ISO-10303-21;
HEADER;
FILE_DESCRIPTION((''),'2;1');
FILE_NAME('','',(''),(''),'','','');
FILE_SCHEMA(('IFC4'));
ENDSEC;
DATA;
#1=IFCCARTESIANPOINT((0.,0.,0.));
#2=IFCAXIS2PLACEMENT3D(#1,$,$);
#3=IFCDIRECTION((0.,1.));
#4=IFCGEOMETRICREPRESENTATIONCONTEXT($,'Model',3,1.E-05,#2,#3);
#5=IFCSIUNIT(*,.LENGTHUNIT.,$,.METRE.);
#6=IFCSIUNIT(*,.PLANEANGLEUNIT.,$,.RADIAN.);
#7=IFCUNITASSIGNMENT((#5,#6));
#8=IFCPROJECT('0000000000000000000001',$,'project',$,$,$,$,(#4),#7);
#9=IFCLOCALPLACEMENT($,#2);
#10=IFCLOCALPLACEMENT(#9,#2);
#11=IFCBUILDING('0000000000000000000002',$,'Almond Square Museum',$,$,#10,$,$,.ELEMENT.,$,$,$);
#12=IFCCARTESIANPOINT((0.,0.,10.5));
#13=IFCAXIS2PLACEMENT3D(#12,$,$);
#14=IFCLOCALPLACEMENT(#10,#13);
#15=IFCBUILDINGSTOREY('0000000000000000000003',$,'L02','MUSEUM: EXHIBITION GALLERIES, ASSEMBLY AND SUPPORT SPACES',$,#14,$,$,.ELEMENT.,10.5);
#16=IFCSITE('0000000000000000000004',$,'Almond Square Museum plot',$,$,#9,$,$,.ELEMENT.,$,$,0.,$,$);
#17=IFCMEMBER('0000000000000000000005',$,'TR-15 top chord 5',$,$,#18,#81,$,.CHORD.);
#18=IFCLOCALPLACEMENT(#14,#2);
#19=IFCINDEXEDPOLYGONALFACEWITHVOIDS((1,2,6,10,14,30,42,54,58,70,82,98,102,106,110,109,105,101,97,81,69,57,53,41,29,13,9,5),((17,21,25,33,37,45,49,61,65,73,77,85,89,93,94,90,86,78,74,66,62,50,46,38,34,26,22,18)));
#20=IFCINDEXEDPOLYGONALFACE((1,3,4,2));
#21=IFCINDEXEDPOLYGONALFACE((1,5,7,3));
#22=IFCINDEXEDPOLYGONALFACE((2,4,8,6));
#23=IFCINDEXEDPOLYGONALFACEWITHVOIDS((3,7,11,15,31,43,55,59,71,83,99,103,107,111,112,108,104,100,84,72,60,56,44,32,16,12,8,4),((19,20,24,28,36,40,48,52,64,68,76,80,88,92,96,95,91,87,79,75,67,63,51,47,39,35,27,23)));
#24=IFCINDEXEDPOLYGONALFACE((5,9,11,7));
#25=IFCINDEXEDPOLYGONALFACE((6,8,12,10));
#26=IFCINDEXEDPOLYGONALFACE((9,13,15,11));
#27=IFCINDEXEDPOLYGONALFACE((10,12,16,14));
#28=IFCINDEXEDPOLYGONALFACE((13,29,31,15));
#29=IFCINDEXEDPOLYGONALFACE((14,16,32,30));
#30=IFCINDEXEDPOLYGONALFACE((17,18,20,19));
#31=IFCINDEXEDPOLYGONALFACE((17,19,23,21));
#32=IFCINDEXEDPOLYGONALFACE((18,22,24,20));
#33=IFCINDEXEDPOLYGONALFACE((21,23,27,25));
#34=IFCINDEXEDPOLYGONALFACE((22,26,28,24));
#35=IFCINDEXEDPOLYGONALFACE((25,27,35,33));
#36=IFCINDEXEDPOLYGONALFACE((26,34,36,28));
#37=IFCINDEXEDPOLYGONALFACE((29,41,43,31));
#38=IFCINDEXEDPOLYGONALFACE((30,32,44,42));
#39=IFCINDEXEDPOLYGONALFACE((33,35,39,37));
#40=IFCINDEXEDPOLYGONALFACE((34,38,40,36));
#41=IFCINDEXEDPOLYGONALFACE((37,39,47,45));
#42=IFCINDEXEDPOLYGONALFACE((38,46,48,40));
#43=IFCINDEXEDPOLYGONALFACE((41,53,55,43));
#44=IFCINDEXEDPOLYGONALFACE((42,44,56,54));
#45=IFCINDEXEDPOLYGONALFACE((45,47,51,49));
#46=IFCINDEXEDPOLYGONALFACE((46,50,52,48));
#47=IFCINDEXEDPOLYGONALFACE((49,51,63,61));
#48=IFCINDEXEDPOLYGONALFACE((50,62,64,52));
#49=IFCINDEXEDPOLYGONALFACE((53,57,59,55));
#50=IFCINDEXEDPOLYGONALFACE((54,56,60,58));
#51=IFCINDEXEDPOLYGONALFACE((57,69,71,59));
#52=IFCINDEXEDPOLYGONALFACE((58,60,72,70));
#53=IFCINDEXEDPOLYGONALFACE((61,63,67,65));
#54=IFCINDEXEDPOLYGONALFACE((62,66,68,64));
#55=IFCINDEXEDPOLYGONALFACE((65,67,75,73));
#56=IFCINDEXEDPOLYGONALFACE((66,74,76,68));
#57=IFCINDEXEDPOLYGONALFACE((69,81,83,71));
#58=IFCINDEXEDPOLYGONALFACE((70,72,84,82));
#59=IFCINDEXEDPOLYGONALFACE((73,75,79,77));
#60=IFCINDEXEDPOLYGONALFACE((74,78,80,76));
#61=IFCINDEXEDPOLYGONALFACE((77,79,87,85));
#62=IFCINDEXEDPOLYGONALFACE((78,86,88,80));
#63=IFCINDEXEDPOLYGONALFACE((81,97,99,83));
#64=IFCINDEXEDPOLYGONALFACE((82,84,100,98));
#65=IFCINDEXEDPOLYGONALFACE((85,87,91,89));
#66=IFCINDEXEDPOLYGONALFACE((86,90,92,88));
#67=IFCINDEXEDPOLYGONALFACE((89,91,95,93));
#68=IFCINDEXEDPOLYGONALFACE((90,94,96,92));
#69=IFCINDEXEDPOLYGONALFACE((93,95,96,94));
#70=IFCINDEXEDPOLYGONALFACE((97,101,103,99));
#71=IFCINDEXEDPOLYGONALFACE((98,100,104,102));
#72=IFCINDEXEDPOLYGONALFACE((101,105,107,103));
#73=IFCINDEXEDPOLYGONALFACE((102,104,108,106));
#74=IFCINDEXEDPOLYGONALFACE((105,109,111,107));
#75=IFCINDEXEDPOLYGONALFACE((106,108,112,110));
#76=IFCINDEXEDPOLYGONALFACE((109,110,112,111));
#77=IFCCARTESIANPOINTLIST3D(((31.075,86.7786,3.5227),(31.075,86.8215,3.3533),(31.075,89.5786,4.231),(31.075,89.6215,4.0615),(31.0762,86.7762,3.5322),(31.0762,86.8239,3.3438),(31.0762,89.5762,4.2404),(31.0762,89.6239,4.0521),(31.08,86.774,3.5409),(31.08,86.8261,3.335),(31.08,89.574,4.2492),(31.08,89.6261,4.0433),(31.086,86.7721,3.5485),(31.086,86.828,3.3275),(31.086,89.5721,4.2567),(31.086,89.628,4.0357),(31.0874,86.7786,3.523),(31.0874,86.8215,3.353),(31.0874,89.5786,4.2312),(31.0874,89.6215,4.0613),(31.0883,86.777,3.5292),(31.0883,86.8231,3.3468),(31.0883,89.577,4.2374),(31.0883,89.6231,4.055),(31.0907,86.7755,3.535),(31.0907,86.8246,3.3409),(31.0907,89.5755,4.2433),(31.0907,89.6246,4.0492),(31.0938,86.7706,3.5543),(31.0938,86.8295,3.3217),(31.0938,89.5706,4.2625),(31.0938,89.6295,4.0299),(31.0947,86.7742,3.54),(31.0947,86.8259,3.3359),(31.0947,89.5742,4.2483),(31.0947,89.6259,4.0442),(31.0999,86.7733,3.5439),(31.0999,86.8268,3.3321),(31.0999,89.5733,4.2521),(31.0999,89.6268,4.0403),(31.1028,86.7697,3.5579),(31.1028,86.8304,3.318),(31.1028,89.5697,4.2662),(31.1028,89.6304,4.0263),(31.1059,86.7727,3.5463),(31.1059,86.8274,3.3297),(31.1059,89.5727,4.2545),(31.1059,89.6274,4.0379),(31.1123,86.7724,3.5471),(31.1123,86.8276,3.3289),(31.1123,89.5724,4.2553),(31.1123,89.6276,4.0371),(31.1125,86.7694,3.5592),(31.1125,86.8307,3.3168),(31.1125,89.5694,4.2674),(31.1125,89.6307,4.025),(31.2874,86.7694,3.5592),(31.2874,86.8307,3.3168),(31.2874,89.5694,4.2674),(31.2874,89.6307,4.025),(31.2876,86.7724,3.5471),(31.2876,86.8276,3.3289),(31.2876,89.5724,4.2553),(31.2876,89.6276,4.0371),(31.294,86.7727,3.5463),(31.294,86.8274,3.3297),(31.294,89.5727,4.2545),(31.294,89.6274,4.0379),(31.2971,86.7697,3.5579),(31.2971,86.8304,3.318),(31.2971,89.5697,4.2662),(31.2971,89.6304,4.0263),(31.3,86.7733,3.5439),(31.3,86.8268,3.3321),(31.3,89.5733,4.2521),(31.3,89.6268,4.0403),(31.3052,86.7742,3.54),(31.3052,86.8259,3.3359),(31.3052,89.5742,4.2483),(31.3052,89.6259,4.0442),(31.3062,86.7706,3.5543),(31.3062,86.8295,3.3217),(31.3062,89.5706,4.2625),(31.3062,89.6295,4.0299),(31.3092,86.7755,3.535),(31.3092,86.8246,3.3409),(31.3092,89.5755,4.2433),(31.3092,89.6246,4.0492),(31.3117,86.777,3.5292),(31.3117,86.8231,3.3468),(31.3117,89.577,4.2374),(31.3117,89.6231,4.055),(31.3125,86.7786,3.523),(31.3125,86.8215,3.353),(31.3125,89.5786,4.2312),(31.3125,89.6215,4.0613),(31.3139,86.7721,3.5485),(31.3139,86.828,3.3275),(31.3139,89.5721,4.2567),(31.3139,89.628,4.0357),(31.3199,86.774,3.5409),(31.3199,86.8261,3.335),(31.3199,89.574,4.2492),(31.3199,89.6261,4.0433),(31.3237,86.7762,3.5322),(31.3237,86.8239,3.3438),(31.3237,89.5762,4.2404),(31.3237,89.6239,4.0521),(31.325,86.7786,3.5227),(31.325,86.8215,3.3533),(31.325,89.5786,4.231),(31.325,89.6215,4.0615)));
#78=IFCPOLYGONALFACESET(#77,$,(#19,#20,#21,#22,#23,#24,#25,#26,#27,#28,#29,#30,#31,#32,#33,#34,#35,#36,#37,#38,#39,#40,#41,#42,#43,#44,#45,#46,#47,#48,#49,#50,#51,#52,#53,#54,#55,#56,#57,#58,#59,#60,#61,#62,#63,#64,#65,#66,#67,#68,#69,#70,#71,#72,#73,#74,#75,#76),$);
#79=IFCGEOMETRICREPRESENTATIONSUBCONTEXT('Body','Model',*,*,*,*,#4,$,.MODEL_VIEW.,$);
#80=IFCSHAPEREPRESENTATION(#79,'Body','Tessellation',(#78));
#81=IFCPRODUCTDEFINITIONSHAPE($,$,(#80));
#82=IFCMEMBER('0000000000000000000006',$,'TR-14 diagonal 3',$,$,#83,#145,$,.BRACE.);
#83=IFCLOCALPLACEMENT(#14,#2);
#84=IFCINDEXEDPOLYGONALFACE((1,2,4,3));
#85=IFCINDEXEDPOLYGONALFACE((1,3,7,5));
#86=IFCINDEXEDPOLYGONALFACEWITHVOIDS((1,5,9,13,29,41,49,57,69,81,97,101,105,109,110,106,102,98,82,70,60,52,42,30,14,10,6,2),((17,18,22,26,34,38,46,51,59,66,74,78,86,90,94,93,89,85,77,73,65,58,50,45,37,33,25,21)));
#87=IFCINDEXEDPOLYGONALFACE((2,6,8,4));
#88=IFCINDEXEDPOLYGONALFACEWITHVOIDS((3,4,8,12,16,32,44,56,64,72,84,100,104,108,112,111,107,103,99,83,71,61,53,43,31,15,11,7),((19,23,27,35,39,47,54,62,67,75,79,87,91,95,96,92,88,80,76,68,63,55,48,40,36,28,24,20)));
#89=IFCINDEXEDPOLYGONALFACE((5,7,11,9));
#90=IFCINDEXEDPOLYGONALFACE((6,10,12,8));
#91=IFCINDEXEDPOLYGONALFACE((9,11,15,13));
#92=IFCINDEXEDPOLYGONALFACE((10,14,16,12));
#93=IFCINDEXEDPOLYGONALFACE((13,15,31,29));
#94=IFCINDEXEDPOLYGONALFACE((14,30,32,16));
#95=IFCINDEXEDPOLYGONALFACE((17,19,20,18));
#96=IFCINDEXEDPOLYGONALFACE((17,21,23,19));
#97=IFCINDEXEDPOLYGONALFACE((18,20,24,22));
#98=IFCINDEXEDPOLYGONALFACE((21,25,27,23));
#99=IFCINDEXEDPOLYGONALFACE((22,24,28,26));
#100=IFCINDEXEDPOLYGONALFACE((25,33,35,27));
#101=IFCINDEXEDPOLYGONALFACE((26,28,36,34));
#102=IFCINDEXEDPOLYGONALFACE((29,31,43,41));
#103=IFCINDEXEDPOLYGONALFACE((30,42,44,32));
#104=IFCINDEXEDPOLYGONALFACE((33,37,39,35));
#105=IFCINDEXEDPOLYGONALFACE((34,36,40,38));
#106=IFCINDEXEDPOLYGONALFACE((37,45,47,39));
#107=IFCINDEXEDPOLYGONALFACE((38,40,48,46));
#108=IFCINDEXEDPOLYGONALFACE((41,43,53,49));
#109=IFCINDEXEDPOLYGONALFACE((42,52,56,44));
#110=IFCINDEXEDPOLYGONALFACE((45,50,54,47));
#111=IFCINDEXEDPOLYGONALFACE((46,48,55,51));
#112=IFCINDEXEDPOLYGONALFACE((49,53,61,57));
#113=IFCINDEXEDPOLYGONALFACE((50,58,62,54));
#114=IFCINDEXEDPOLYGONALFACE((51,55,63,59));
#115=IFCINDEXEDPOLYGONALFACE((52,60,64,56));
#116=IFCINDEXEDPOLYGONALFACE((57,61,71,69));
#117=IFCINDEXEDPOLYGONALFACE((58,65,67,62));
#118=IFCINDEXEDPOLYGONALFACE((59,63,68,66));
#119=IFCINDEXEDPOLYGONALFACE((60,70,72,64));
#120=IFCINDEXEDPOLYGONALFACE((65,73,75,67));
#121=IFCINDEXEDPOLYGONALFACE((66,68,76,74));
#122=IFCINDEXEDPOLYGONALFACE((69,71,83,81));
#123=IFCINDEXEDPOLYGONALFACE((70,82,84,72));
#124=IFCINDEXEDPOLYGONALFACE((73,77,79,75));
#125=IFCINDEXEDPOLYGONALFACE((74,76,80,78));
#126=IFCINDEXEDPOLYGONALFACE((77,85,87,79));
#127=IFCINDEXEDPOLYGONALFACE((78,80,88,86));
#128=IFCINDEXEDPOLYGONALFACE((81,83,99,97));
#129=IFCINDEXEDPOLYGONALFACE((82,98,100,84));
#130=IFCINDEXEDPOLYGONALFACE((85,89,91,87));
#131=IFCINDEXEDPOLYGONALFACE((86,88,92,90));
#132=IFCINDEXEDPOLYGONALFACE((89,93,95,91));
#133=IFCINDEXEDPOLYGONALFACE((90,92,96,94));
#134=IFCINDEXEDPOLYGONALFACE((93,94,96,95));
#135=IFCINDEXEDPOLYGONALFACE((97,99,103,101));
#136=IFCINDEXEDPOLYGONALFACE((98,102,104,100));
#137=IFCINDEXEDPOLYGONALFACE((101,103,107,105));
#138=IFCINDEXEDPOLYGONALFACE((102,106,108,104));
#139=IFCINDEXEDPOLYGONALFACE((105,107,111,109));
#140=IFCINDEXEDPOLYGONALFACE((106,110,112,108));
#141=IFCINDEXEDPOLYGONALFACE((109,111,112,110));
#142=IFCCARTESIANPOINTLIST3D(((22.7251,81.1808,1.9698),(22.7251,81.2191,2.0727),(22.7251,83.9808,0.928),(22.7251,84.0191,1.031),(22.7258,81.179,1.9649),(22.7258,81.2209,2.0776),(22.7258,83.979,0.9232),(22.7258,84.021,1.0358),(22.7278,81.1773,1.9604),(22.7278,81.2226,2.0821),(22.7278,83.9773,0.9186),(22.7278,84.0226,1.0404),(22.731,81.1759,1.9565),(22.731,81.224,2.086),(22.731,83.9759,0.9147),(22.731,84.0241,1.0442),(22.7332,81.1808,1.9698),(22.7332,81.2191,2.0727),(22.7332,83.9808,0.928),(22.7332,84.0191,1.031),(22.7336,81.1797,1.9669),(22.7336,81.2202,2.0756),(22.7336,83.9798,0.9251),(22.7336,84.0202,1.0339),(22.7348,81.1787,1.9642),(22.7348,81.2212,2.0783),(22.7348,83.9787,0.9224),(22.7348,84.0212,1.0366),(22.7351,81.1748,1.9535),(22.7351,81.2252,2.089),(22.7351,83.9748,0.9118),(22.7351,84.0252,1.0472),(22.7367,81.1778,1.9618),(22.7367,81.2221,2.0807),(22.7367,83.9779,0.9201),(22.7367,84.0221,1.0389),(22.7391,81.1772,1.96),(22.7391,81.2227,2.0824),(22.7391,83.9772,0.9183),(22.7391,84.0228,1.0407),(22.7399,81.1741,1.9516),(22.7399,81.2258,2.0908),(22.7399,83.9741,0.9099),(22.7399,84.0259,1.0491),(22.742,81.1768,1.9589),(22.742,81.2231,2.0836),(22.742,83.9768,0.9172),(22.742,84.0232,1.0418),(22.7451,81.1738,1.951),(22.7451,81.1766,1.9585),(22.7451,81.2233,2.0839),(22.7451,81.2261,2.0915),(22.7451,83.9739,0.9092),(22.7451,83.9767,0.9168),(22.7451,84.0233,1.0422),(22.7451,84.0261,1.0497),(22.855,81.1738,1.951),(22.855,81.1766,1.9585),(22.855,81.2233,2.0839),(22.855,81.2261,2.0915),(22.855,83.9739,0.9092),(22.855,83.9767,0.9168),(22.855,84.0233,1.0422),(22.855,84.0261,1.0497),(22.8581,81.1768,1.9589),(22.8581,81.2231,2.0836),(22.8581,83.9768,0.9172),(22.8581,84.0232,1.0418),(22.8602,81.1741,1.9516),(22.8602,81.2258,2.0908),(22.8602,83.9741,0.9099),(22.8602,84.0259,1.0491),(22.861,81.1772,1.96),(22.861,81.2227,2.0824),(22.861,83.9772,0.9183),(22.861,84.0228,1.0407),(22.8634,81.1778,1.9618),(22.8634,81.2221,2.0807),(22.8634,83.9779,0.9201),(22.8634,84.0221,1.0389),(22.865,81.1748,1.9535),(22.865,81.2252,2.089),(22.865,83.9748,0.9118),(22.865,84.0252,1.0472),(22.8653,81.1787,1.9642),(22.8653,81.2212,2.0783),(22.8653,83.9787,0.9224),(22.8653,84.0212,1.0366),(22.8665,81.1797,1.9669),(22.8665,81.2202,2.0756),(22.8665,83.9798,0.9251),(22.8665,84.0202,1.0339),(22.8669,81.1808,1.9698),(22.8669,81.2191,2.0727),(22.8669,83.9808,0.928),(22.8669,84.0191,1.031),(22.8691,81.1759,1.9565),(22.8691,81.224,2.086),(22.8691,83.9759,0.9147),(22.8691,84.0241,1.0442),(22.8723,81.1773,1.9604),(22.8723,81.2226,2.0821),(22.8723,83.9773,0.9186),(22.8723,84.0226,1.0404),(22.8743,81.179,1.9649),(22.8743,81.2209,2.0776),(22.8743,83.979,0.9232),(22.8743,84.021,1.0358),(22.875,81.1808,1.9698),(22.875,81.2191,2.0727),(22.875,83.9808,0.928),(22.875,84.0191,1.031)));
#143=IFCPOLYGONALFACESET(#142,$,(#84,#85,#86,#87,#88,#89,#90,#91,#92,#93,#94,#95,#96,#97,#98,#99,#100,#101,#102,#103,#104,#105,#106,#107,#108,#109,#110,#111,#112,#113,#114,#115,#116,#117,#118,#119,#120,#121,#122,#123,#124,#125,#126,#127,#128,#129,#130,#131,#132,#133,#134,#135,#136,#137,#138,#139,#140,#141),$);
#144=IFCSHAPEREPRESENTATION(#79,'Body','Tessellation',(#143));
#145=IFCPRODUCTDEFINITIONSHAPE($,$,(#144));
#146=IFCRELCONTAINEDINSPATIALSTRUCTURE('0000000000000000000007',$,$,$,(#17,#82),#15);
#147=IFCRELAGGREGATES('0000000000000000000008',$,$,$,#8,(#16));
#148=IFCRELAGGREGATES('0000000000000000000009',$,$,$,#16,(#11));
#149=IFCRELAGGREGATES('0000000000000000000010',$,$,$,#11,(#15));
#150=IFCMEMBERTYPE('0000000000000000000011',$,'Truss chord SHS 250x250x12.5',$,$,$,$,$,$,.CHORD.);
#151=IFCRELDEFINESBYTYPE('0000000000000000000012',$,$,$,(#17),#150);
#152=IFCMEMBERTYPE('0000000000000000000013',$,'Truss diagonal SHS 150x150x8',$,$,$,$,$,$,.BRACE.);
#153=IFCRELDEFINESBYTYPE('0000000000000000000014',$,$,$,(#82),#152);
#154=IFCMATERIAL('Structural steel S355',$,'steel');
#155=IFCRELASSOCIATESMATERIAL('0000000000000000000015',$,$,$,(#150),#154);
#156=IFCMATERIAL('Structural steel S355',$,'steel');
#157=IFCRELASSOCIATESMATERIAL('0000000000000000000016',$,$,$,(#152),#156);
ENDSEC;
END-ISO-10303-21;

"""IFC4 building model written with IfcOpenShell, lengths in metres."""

from ifc_helpers import new_model, si_unit, direction, frame, origin, origin_2d, place, context, subcontext, project, spatial, hollow_rectangle, extrude, material, material_profile, profile_set, type_object, element, save


model = new_model("IFC4")

# Units and contexts
model_context = context("Model", 3, precision=1e-05, world=origin(), true_north=direction((0.0, 1.0)))
body_context = subcontext(model_context, "Body", "Model", "MODEL_VIEW")
ifc_project = project(units=[si_unit("LENGTHUNIT", "METRE"), si_unit("PLANEANGLEUNIT", "RADIAN")], contexts=[model_context])

# Site, building, storey
site_placement = place(None, origin())
site = spatial("IfcSite", under=ifc_project, at=site_placement, Name="Almond Square Museum plot", CompositionType="ELEMENT", RefElevation=0.0)
building_placement = place(site_placement, origin())
building = spatial("IfcBuilding", under=site, at=building_placement, Name="Almond Square Museum", CompositionType="ELEMENT")
storey_placement = place(building_placement, frame((0.0, 0.0, 10.5)))
storey = spatial("IfcBuildingStorey", under=building, at=storey_placement, Name="L02", Description="MUSEUM: EXHIBITION GALLERIES, ASSEMBLY AND SUPPORT SPACES", CompositionType="ELEMENT", Elevation=10.5)

# Members
ifc_material_1 = material(Name="Structural steel S355", Category="steel")
ifc_material_profile_1 = material_profile(ifc_material_1, hollow_rectangle(XDim=0.25, YDim=0.25, WallThickness=0.0125, InnerFilletRadius=0.0249, OuterFilletRadius=0.0376, at=origin_2d()))
ifc_profile_set_1 = profile_set([ifc_material_profile_1], Name="Structural steel S355")
member_type_1 = type_object("IfcMemberType", Name="Truss chord SHS 250x250x12.5", PredefinedType="CHORD", material=ifc_profile_set_1)
for number, where, z_axis, x_axis, name in (
    (1, (31.2, 86.8, 3.438), (0.0, 0.969468, 0.24522), (-1.0, 0.0, 0.0), "TR-15 top chord 5"),
):
    element("IfcMember", number, at=place(storey_placement, frame(where, z_axis=z_axis, x_axis=x_axis)), inside=storey, type_object=member_type_1, Name=name, PredefinedType="CHORD", context=body_context, shape_type="SweptSolid", body=[
        extrude(hollow_rectangle(XDim=0.25, YDim=0.25, WallThickness=0.0125, InnerFilletRadius=0.0249, OuterFilletRadius=0.0376, at=origin_2d()), origin(), (0.0, 0.0, 1.0), 2.8882),
    ])
ifc_material_2 = material(Name="Structural steel S355", Category="steel")
ifc_material_profile_2 = material_profile(ifc_material_2, hollow_rectangle(XDim=0.1499, YDim=0.1499, WallThickness=0.0081, InnerFilletRadius=0.012, OuterFilletRadius=0.02, at=origin_2d()))
ifc_profile_set_2 = profile_set([ifc_material_profile_2], Name="Structural steel S355")
member_type_2 = type_object("IfcMemberType", Name="Truss diagonal SHS 150x150x8", PredefinedType="BRACE", material=ifc_profile_set_2)
for number, where, z_axis, x_axis, name in (
    (2, (22.8, 81.2, 2.0212), (0.0, 0.937236, -0.348695), (-1.0, 0.0, 0.0), "TR-14 diagonal 3"),
):
    element("IfcMember", number, at=place(storey_placement, frame(where, z_axis=z_axis, x_axis=x_axis)), inside=storey, type_object=member_type_2, Name=name, PredefinedType="BRACE", context=body_context, shape_type="SweptSolid", body=[
        extrude(hollow_rectangle(XDim=0.1499, YDim=0.1499, WallThickness=0.0081, InnerFilletRadius=0.012, OuterFilletRadius=0.02, at=origin_2d()), origin(), (0.0, 0.0, 1.0), 2.9875),
    ])

save(model, "model.ifc")
